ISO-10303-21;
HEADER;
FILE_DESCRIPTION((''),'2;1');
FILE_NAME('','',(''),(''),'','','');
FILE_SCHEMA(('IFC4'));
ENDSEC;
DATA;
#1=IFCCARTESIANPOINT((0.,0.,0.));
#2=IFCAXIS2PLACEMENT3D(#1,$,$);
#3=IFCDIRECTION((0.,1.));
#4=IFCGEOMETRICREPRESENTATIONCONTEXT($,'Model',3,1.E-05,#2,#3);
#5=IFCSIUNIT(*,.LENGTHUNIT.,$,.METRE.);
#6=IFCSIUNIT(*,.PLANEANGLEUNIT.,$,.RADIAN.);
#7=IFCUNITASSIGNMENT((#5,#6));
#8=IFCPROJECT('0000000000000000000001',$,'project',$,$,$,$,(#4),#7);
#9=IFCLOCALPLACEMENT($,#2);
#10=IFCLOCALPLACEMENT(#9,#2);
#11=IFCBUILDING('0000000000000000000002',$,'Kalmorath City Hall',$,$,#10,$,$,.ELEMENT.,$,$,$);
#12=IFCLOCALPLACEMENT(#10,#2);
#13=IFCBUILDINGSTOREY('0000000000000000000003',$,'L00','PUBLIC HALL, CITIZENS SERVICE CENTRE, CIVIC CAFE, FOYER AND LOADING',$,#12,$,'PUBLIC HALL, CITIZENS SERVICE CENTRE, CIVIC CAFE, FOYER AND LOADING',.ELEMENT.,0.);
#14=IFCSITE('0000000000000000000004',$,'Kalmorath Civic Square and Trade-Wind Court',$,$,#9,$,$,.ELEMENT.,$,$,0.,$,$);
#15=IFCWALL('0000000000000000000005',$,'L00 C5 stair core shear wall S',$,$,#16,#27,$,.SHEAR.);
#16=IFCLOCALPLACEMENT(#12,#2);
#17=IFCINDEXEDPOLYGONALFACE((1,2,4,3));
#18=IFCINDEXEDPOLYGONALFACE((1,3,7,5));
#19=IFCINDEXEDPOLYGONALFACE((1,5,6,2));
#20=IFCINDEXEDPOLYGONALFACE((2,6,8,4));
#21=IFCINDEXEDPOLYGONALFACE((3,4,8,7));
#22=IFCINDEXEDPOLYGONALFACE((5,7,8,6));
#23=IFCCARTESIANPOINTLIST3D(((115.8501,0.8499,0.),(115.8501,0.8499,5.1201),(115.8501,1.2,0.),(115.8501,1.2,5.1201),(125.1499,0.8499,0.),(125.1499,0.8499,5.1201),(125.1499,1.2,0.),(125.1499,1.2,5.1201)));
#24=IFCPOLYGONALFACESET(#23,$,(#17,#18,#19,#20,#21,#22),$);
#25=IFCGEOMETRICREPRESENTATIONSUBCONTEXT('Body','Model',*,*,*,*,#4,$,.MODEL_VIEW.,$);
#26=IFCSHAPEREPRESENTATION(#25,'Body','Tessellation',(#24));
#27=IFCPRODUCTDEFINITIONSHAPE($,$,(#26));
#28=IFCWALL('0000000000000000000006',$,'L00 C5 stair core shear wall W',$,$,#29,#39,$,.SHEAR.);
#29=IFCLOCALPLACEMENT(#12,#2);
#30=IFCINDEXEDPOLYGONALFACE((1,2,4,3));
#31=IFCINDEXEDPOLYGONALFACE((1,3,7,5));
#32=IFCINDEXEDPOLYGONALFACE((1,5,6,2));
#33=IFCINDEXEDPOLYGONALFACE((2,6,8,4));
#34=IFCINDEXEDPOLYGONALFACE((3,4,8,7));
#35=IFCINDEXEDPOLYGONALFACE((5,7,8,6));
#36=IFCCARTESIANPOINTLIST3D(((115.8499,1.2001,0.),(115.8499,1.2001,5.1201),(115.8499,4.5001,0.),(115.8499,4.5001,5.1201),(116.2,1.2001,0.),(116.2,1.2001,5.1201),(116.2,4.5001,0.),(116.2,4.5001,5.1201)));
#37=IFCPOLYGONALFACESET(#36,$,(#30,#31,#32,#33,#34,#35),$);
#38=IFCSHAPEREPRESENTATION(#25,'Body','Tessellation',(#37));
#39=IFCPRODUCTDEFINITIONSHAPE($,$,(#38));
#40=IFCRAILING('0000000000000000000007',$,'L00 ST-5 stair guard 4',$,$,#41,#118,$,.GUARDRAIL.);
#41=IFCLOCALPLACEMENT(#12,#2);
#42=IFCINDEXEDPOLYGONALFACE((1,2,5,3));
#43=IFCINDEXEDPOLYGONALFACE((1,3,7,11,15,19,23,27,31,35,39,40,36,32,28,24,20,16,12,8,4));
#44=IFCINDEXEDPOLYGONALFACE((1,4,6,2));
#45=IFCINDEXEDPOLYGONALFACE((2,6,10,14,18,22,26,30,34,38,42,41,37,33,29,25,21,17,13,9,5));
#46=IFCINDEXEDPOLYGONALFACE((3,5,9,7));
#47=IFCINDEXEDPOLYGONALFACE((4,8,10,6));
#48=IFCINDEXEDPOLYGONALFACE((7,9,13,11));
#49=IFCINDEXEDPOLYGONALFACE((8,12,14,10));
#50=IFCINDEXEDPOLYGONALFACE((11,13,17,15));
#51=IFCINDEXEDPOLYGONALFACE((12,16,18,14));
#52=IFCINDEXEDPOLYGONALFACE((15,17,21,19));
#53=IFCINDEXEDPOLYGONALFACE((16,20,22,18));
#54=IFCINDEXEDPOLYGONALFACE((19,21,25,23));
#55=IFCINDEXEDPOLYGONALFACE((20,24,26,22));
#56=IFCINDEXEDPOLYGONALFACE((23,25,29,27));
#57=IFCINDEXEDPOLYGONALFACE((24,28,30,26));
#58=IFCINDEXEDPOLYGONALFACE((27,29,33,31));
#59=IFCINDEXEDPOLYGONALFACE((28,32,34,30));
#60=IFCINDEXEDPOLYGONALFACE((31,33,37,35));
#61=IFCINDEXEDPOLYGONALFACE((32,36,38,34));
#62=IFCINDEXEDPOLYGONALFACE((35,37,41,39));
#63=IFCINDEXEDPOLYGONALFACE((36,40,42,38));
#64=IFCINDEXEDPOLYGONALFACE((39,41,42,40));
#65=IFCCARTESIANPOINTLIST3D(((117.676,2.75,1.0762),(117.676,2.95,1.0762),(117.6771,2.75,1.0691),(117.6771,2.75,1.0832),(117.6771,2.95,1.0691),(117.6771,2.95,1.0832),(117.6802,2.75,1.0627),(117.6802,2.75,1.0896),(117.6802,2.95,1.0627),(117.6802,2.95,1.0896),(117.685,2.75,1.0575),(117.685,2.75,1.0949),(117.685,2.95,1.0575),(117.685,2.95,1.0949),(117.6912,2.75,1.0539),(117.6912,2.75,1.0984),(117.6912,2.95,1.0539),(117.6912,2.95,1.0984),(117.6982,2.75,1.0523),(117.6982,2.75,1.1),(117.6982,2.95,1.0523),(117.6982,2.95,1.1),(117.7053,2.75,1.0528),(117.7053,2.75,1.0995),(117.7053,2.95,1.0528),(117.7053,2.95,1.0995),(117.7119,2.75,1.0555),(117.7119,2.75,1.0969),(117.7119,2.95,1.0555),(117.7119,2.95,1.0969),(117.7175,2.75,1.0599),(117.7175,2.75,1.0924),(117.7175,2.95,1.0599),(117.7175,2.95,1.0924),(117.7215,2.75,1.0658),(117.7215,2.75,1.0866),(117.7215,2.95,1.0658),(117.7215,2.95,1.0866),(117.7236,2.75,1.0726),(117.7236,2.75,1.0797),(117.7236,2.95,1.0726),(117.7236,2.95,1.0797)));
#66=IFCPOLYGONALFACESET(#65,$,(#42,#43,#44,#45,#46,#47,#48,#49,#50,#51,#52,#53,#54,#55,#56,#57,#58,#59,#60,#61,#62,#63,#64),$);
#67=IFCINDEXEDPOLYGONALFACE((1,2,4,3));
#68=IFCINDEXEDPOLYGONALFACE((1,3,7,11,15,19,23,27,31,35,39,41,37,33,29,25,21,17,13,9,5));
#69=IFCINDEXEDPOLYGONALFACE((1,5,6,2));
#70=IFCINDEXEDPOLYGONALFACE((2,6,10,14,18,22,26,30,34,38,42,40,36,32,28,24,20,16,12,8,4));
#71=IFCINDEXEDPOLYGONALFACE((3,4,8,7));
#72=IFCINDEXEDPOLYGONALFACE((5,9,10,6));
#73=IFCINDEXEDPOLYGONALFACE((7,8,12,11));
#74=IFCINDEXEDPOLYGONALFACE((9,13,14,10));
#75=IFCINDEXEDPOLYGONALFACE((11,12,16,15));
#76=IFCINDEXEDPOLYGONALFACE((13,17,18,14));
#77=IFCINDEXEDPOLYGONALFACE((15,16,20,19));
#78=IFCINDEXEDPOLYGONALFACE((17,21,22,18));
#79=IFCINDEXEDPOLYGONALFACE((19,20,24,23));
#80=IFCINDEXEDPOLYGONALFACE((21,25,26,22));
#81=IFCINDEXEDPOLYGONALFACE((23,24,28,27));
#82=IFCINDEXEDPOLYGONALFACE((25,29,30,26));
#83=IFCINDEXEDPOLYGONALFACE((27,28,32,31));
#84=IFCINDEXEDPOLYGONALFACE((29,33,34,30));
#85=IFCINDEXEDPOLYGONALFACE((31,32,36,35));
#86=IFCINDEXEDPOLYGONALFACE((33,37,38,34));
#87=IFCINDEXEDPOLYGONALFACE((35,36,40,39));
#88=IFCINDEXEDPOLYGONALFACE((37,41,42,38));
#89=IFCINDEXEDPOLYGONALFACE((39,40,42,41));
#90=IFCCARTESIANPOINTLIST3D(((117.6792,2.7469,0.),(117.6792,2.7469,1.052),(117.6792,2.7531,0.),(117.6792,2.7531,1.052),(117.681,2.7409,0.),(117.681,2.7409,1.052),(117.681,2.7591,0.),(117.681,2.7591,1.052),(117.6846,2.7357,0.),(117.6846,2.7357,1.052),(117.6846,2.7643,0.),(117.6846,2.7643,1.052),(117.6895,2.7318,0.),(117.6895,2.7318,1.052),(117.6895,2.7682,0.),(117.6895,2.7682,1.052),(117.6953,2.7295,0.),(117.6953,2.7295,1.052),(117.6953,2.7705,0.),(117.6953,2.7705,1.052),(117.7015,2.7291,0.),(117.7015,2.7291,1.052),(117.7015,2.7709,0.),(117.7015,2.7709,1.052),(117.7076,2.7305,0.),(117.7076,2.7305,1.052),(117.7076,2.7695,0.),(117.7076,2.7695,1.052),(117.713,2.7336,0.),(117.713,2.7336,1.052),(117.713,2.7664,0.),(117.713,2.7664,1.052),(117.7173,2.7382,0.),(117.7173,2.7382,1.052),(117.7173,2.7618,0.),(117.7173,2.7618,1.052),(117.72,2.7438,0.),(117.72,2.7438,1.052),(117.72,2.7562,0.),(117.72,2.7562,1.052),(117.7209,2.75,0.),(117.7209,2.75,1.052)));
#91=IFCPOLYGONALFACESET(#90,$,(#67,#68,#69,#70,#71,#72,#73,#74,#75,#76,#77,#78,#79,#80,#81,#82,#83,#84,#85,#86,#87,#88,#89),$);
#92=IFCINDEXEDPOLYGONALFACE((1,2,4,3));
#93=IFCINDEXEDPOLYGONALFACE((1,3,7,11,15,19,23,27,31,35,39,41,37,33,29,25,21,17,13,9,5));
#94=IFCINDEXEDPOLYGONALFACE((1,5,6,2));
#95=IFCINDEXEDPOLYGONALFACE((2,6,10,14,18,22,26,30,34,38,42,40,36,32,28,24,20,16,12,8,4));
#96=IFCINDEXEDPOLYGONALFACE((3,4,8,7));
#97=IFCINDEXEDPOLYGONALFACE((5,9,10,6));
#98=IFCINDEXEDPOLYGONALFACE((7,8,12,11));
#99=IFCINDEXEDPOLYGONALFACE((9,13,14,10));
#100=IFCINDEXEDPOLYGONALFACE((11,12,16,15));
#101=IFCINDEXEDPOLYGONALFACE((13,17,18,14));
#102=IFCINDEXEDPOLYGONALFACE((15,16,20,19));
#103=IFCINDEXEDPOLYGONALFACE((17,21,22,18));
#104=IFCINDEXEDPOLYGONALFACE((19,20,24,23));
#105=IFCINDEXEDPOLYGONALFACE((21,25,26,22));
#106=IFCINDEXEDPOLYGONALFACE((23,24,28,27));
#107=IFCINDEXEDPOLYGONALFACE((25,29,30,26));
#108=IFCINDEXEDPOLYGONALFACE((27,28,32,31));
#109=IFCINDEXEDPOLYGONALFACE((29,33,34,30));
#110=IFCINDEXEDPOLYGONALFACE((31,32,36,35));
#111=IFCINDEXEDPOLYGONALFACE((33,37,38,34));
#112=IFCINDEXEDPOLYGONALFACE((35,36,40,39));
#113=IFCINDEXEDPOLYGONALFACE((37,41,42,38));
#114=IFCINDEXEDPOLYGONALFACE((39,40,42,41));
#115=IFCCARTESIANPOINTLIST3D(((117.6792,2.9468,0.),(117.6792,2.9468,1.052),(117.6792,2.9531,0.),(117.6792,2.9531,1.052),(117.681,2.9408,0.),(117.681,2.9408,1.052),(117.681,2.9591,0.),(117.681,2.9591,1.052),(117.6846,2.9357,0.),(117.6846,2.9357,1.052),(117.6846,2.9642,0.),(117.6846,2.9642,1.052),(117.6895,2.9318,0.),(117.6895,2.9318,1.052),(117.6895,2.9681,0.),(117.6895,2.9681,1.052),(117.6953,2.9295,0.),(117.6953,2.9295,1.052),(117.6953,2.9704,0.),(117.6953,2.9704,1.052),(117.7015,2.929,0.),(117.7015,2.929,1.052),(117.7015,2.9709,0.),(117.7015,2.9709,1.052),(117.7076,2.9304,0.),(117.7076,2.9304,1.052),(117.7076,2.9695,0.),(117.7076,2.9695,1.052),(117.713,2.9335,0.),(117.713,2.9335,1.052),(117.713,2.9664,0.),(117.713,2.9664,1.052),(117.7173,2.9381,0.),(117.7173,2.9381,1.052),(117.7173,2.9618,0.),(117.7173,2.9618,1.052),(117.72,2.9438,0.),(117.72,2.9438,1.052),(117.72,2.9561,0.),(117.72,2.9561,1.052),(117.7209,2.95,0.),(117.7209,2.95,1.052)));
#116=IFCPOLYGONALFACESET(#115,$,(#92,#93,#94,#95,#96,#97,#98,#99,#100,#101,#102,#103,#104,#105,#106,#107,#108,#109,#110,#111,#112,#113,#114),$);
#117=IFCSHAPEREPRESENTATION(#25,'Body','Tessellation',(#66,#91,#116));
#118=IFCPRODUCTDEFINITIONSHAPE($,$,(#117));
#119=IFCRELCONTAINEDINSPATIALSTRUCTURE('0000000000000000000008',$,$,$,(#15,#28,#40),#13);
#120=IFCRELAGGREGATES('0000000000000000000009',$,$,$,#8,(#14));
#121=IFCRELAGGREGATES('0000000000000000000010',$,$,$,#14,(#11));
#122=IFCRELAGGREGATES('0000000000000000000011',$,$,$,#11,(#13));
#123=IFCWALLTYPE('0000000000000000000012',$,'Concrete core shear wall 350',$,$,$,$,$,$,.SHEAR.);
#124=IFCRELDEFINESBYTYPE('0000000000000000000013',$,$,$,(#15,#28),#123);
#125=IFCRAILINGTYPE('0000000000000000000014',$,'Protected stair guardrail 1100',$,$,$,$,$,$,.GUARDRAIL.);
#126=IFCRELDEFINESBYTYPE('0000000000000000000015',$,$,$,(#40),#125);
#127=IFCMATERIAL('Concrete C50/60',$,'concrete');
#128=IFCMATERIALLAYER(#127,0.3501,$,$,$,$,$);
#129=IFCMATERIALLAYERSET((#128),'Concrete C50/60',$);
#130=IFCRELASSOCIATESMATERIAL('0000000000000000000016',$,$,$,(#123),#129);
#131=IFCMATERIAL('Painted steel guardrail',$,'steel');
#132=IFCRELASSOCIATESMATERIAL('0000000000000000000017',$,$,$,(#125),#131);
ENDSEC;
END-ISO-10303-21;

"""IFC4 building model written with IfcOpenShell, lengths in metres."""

from ifc_helpers import new_model, si_unit, direction, frame, frame_2d, origin, origin_2d, place, context, subcontext, project, spatial, rectangle, circle, extrude, material, layer, layer_set, type_object, element, save


model = new_model("IFC4")

# Units and contexts
model_context = context("Model", 3, precision=1e-05, world=origin(), true_north=direction((0.0, 1.0)))
body_context = subcontext(model_context, "Body", "Model", "MODEL_VIEW")
ifc_project = project(units=[si_unit("LENGTHUNIT", "METRE"), si_unit("PLANEANGLEUNIT", "RADIAN")], contexts=[model_context])

# Site, building, storey
site_placement = place(None, origin())
site = spatial("IfcSite", under=ifc_project, at=site_placement, Name="Kalmorath Civic Square and Trade-Wind Court", CompositionType="ELEMENT", RefElevation=0.0)
building_placement = place(site_placement, origin())
building = spatial("IfcBuilding", under=site, at=building_placement, Name="Kalmorath City Hall", CompositionType="ELEMENT")
storey_placement = place(building_placement, origin())
storey = spatial("IfcBuildingStorey", under=building, at=storey_placement, Name="L00", Description="PUBLIC HALL, CITIZENS SERVICE CENTRE, CIVIC CAFE, FOYER AND LOADING", LongName="PUBLIC HALL, CITIZENS SERVICE CENTRE, CIVIC CAFE, FOYER AND LOADING", CompositionType="ELEMENT", Elevation=0.0)

# Walls
ifc_material_1 = material(Name="Concrete C50/60", Category="concrete")
ifc_layer_1 = layer(ifc_material_1, 0.3501)
ifc_layer_set_1 = layer_set([ifc_layer_1], Name="Concrete C50/60")
wall_type = type_object("IfcWallType", Name="Concrete core shear wall 350", PredefinedType="SHEAR", material=ifc_layer_set_1)
wall_1_placement = place(storey_placement, frame((115.8501, 1.0249, 0.0), z_axis=(0.0, 0.0, 1.0), x_axis=(1.0, 0.0, 0.0)))
element("IfcWall", 1, at=wall_1_placement, inside=storey, type_object=wall_type, Name="L00 C5 stair core shear wall S", PredefinedType="SHEAR", context=body_context, shape_type="SweptSolid", body=[
    extrude(rectangle(XDim=9.2998, YDim=0.3501, at=frame_2d((4.6499, 0.0))), origin(), (0.0, 0.0, 1.0), 5.1201),
])
wall_2_placement = place(storey_placement, frame((116.0249, 4.5, 0.0), z_axis=(0.0, 0.0, 1.0), x_axis=(0.0, -1.0, 0.0)))
element("IfcWall", 2, at=wall_2_placement, inside=storey, type_object=wall_type, Name="L00 C5 stair core shear wall W", PredefinedType="SHEAR", context=body_context, shape_type="SweptSolid", body=[
    extrude(rectangle(XDim=3.3, YDim=0.3501, at=frame_2d((1.6499, 0.0))), origin(), (0.0, 0.0, 1.0), 5.1201),
])

# Railing
ifc_material_2 = material(Name="Painted steel guardrail", Category="steel")
railing_type = type_object("IfcRailingType", Name="Protected stair guardrail 1100", PredefinedType="GUARDRAIL", material=ifc_material_2)
railing_placement = place(storey_placement, frame((117.7, 2.75, 0.0)))
element("IfcRailing", 3, at=railing_placement, inside=storey, type_object=railing_type, Name="L00 ST-5 stair guard 4", PredefinedType="GUARDRAIL", context=body_context, shape_type="SweptSolid", body=[
    extrude(circle(Radius=0.0239, at=origin_2d()), frame((0.0, 0.0, 1.0762), z_axis=(0.0, 1.0, 0.0), x_axis=(-1.0, 0.0, 0.0)), (0.0, 0.0, 1.0), 0.2),
    extrude(circle(Radius=0.021, at=origin_2d()), origin(), (0.0, 0.0, 1.0), 1.052),
    extrude(circle(Radius=0.021, at=origin_2d()), frame((0.0, 0.2, 0.0)), (0.0, 0.0, 1.0), 1.052),
])

save(model, "model.ifc")
